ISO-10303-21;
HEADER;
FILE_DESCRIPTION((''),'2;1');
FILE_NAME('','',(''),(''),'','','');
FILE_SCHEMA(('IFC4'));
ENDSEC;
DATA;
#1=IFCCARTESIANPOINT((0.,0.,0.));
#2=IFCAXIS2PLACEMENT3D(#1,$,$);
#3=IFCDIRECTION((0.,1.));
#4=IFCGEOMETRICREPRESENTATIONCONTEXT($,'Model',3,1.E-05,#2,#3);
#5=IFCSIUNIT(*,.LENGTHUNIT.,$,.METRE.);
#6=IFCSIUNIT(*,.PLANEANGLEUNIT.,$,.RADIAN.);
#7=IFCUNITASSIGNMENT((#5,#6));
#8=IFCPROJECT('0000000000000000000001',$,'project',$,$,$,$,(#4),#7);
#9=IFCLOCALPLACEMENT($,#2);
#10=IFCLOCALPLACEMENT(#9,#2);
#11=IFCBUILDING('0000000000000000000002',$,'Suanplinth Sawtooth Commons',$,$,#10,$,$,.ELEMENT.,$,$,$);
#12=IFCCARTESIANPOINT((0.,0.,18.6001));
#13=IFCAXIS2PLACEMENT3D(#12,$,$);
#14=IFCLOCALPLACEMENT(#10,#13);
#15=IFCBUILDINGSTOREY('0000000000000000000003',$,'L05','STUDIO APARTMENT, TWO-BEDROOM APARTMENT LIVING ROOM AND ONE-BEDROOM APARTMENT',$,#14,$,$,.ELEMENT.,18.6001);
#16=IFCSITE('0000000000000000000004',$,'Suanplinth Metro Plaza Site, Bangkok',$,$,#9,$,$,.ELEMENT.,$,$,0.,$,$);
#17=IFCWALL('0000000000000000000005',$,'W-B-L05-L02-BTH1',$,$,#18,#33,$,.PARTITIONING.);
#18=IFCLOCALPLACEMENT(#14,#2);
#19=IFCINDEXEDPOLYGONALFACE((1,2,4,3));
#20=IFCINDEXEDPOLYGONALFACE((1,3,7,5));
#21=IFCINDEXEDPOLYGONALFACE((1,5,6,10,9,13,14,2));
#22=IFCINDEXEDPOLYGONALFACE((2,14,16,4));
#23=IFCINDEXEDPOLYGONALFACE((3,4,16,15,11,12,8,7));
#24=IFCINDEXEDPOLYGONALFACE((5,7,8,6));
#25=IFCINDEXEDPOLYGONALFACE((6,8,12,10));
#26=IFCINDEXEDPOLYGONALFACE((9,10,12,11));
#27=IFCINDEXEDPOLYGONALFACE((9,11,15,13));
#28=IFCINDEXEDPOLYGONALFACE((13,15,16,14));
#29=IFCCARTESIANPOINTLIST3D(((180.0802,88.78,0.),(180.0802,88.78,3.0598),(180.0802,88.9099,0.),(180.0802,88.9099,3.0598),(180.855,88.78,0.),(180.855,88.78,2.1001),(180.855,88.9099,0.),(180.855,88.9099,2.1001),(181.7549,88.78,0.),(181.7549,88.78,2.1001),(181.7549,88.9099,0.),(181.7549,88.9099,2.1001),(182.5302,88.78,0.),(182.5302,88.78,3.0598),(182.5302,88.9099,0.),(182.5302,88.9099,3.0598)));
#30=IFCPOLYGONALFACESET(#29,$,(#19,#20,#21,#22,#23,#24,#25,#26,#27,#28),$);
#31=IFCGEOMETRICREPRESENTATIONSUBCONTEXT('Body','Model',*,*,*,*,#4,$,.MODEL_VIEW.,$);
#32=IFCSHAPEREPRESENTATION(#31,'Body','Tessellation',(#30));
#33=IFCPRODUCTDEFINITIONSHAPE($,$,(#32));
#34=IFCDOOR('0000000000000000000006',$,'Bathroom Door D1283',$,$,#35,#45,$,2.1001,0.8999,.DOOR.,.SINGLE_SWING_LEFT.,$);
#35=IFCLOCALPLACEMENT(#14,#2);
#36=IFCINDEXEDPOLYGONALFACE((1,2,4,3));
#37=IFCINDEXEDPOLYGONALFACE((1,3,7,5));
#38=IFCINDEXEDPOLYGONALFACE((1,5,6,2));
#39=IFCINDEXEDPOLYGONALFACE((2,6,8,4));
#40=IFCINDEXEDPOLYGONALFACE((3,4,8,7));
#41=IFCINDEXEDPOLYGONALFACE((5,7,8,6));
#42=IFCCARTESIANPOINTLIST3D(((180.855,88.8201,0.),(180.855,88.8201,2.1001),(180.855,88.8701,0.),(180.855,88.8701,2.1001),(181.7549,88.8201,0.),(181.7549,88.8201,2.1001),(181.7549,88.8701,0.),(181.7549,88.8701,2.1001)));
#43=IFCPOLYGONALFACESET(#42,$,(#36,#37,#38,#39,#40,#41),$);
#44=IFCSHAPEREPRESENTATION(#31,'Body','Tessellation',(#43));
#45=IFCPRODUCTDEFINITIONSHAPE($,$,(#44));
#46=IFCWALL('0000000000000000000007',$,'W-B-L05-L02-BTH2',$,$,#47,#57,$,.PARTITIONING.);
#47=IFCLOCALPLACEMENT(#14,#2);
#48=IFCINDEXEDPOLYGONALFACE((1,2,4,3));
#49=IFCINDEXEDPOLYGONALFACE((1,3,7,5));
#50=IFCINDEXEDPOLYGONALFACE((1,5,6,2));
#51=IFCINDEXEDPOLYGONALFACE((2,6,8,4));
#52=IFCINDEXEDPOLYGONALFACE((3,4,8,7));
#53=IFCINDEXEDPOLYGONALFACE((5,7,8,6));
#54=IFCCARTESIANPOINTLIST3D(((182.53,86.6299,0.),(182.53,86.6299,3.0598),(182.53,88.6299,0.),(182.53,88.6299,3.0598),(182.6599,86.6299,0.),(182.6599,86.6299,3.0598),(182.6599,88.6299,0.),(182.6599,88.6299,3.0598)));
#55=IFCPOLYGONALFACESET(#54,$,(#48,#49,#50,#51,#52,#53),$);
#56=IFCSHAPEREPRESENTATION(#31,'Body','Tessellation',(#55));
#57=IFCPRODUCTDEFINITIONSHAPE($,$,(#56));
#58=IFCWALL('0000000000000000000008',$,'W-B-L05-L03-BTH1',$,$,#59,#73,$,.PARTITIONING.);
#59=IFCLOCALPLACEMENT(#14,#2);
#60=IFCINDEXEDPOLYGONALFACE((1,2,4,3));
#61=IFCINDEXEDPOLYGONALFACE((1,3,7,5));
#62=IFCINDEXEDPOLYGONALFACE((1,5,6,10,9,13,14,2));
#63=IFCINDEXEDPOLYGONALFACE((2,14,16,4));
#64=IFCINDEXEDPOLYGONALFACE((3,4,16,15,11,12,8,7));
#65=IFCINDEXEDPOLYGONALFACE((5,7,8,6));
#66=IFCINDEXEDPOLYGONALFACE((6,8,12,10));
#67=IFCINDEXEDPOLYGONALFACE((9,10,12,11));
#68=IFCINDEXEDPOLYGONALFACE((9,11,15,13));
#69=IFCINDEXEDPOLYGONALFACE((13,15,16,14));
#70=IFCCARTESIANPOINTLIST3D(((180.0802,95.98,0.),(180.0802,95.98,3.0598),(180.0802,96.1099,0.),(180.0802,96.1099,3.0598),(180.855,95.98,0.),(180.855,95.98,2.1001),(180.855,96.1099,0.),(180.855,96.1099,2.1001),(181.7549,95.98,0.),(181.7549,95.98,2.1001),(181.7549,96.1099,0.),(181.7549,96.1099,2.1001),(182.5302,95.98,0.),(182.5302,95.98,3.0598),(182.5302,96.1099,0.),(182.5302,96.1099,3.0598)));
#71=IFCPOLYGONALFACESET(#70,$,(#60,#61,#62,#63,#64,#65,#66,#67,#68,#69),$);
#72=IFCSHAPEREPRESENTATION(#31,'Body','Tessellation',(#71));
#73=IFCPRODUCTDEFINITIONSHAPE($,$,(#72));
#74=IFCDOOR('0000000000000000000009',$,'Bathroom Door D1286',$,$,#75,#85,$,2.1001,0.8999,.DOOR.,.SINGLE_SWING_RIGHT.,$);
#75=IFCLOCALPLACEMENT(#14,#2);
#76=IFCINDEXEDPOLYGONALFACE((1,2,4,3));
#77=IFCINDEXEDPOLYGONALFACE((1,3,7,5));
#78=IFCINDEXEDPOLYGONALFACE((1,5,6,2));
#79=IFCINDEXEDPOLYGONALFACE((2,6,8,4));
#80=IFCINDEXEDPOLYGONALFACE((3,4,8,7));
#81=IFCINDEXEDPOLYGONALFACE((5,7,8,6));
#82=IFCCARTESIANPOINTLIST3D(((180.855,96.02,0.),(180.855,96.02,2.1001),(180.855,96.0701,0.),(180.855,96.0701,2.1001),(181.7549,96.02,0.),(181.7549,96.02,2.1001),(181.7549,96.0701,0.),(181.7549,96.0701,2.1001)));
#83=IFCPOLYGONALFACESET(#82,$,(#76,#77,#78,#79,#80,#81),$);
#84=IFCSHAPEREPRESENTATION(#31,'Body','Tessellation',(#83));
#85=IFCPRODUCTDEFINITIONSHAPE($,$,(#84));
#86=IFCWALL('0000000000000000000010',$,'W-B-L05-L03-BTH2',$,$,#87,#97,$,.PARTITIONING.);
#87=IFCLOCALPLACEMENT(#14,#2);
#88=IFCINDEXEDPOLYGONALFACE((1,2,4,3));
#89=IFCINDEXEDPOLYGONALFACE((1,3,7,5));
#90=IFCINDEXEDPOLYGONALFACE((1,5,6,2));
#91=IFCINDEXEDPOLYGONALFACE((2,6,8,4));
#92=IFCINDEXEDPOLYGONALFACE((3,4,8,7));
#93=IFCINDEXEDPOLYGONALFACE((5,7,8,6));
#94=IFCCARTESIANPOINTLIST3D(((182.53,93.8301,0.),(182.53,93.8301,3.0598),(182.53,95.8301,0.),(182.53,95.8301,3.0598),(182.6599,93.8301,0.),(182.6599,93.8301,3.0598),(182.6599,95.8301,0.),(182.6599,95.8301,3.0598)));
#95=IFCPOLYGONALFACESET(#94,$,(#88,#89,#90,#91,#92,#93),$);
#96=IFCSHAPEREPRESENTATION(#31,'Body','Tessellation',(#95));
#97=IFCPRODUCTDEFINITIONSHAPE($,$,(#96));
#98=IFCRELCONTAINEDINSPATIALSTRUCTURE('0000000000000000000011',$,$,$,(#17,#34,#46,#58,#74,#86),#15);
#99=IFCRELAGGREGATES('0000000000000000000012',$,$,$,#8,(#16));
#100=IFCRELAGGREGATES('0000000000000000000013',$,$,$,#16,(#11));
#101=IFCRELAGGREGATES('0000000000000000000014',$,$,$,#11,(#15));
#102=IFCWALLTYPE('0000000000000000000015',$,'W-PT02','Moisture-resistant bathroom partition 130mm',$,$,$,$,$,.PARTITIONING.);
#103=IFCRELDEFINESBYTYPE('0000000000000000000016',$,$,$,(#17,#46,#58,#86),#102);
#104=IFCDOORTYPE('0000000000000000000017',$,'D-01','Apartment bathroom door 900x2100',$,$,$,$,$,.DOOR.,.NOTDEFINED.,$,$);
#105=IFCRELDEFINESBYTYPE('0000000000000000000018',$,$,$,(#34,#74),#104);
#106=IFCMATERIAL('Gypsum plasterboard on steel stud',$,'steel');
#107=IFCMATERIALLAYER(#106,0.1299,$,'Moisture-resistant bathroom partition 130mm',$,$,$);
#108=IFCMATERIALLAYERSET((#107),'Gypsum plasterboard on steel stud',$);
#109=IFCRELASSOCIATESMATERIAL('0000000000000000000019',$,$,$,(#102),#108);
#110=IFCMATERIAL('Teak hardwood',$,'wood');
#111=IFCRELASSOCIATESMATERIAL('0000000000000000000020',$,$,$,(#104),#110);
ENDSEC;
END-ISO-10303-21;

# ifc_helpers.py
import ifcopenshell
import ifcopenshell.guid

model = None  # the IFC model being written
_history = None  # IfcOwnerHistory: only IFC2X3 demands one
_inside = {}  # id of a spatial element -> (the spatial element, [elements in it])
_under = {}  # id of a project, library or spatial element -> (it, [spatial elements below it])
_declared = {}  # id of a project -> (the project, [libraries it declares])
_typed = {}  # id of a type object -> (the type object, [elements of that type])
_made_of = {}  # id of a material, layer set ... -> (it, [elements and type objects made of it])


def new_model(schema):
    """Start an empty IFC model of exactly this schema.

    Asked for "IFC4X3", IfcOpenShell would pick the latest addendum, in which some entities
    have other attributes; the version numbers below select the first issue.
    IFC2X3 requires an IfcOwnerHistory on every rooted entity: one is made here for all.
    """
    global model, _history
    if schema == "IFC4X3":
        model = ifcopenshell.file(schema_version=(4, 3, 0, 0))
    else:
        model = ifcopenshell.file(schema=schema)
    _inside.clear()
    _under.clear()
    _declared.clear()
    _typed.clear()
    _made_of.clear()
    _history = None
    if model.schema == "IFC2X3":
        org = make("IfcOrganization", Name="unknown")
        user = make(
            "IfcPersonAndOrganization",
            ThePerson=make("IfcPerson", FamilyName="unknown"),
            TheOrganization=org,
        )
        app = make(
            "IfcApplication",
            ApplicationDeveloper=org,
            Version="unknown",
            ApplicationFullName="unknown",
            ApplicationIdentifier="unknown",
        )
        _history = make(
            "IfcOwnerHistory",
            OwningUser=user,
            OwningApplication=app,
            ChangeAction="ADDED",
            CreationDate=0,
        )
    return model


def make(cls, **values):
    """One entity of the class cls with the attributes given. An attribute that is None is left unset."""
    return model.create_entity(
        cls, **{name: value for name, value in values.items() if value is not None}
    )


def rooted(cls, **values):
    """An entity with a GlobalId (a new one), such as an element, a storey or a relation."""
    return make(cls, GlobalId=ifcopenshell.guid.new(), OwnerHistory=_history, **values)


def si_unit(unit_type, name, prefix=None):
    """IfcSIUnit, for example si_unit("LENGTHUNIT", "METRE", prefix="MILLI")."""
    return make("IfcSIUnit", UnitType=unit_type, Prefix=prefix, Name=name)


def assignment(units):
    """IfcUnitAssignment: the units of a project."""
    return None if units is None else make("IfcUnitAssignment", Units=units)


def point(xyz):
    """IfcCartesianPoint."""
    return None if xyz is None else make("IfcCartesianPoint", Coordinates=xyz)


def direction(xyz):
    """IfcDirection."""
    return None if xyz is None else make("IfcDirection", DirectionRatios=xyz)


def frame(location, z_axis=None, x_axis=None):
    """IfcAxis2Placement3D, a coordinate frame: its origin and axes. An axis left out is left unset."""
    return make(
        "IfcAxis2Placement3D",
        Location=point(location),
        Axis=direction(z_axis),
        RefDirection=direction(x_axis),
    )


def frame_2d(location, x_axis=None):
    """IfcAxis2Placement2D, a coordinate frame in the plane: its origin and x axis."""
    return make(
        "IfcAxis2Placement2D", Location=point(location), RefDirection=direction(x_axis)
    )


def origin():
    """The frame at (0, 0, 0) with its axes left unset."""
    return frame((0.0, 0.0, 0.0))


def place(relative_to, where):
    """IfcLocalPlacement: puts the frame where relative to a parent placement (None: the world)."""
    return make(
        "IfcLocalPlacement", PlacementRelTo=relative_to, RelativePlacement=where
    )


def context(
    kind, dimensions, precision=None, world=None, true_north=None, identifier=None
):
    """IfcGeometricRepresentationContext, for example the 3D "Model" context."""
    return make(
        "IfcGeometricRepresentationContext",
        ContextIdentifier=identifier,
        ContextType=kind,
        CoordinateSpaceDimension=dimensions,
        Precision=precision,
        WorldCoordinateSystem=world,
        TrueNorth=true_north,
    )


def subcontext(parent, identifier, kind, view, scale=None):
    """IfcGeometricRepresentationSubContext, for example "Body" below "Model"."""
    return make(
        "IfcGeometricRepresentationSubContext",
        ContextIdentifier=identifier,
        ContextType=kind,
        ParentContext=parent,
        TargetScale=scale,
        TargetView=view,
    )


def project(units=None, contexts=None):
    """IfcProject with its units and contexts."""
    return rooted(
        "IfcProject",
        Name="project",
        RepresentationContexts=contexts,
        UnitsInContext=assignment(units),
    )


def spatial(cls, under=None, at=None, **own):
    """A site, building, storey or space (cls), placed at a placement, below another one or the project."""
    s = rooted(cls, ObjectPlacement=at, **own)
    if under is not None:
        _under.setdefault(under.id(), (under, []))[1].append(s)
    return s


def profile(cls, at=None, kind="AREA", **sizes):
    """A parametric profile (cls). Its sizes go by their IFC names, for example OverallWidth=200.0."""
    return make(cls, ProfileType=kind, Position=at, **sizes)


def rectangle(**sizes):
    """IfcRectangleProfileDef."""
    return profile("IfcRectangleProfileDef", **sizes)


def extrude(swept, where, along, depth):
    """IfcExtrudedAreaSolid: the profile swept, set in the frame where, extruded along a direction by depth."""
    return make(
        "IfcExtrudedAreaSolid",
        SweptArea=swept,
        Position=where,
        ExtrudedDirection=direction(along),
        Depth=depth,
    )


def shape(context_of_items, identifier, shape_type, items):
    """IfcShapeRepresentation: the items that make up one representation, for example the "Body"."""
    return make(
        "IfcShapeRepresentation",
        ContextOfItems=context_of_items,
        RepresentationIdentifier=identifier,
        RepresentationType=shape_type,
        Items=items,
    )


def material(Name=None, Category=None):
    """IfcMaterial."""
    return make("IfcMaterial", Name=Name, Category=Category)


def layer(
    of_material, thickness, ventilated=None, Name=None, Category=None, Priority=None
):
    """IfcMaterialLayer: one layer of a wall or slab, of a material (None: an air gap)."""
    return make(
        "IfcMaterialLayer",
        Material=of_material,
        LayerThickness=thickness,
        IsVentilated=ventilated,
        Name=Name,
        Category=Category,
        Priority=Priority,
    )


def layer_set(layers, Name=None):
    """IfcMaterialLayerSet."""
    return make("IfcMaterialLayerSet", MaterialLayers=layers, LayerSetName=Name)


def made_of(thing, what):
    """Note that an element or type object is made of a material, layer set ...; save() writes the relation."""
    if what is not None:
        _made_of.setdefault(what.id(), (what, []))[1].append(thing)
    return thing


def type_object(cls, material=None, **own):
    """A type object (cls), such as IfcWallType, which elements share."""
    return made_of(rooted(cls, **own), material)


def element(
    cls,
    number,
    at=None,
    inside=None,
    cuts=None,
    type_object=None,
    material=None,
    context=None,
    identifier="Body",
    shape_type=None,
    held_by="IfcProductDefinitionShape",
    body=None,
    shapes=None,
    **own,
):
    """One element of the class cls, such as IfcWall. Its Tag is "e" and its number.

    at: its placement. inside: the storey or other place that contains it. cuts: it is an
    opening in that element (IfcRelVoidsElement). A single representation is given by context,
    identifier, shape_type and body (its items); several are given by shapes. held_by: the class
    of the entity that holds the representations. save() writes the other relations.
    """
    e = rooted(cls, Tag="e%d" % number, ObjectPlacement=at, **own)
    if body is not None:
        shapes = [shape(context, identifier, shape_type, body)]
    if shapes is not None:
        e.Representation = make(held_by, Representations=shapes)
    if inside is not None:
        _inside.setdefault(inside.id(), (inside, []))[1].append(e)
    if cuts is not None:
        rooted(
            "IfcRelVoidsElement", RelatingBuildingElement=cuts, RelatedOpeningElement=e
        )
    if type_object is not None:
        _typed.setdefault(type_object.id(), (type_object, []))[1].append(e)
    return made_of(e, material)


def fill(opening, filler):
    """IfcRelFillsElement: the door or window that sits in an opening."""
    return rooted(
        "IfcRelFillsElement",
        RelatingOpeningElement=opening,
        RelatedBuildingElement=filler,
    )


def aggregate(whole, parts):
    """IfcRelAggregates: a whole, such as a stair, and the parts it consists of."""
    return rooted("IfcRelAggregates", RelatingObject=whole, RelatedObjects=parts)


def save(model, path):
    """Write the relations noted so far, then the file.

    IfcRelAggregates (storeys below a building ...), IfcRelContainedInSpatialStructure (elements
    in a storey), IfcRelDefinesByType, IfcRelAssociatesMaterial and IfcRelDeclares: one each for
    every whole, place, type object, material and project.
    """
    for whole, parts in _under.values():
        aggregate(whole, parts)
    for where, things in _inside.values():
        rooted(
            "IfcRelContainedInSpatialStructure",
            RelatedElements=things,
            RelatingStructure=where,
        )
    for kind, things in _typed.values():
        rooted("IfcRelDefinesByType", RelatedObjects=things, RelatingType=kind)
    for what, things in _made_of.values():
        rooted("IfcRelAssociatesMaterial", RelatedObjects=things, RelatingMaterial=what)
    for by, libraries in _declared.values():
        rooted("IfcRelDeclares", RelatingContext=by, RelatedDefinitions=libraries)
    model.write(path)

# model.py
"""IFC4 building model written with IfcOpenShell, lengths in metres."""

from ifc_helpers import new_model, si_unit, direction, frame, frame_2d, origin, place, context, subcontext, project, spatial, rectangle, extrude, material, layer, layer_set, type_object, element, fill, save


model = new_model("IFC4")

# Units and contexts
model_context = context("Model", 3, precision=1e-05, world=origin(), true_north=direction((0.0, 1.0)))
body_context = subcontext(model_context, "Body", "Model", "MODEL_VIEW")
ifc_project = project(units=[si_unit("LENGTHUNIT", "METRE"), si_unit("PLANEANGLEUNIT", "RADIAN")], contexts=[model_context])

# Site, building, storey
site_placement = place(None, origin())
site = spatial("IfcSite", under=ifc_project, at=site_placement, Name="Suanplinth Metro Plaza Site, Bangkok", CompositionType="ELEMENT", RefElevation=0.0)
building_placement = place(site_placement, origin())
building = spatial("IfcBuilding", under=site, at=building_placement, Name="Suanplinth Sawtooth Commons", CompositionType="ELEMENT")
storey_placement = place(building_placement, frame((0.0, 0.0, 18.6001)))
storey = spatial("IfcBuildingStorey", under=building, at=storey_placement, Name="L05", Description="STUDIO APARTMENT, TWO-BEDROOM APARTMENT LIVING ROOM AND ONE-BEDROOM APARTMENT", CompositionType="ELEMENT", Elevation=18.6001)

# Wall, opening, door
ifc_material_1 = material(Name="Gypsum plasterboard on steel stud", Category="steel")
ifc_layer_1 = layer(ifc_material_1, 0.1299, Name="Moisture-resistant bathroom partition 130mm")
ifc_layer_set_1 = layer_set([ifc_layer_1], Name="Gypsum plasterboard on steel stud")
wall_type_1 = type_object("IfcWallType", Name="W-PT02", Description="Moisture-resistant bathroom partition 130mm", PredefinedType="PARTITIONING", material=ifc_layer_set_1)
wall_1_placement = place(storey_placement, frame((180.0801, 88.845, 0.0), z_axis=(0.0, 0.0, 1.0), x_axis=(1.0, 0.0, 0.0)))
wall_1 = element("IfcWall", 1, at=wall_1_placement, inside=storey, type_object=wall_type_1, Name="W-B-L05-L02-BTH1", PredefinedType="PARTITIONING", context=body_context, shape_type="SweptSolid", body=[
    extrude(rectangle(XDim=2.45, YDim=0.1299, at=frame_2d((1.2251, 0.0))), origin(), (0.0, 0.0, 1.0), 3.0598),
])
opening_1_placement = place(wall_1_placement, frame((0.7749, 0.0, 0.0)))
opening_1 = element("IfcOpeningElement", 2, at=opening_1_placement, cuts=wall_1, PredefinedType="OPENING", context=body_context, shape_type="SweptSolid", body=[
    extrude(rectangle(XDim=0.8999, YDim=2.1001, at=frame_2d((0.45, 1.05))), frame((0.0, 0.0798, 0.0), z_axis=(0.0, -1.0, 0.0), x_axis=(1.0, 0.0, 0.0)), (0.0, 0.0, 1.0), 0.1597),
])
ifc_material_2 = material(Name="Teak hardwood", Category="wood")
door_type_1 = type_object("IfcDoorType", Name="D-01", Description="Apartment bathroom door 900x2100", OperationType="NOTDEFINED", PredefinedType="DOOR", material=ifc_material_2)
door_1_placement = place(opening_1_placement, frame((0.8999, 0.0, 0.0), z_axis=(0.0, 0.0, 1.0), x_axis=(-1.0, 0.0, 0.0)))
door_1 = element("IfcDoor", 3, at=door_1_placement, inside=storey, type_object=door_type_1, Name="Bathroom Door D1283", OperationType="SINGLE_SWING_LEFT", OverallHeight=2.1001, OverallWidth=0.8999, PredefinedType="DOOR", context=body_context, shape_type="SweptSolid", body=[
    extrude(rectangle(XDim=0.8999, YDim=2.1001, at=frame_2d((0.45, 1.05))), frame((0.0, 0.0249, 0.0), z_axis=(0.0, -1.0, 0.0), x_axis=(1.0, 0.0, 0.0)), (0.0, 0.0, 1.0), 0.05),
])
fill(opening_1, door_1)

# Wall
wall_2_placement = place(storey_placement, frame((182.595, 86.6299, 0.0), z_axis=(0.0, 0.0, 1.0), x_axis=(0.0, 1.0, 0.0)))
element("IfcWall", 4, at=wall_2_placement, inside=storey, type_object=wall_type_1, Name="W-B-L05-L02-BTH2", PredefinedType="PARTITIONING", context=body_context, shape_type="SweptSolid", body=[
    extrude(rectangle(XDim=2.0, YDim=0.1299, at=frame_2d((1.0, 0.0))), origin(), (0.0, 0.0, 1.0), 3.0598),
])

# Wall, opening, door
wall_3_placement = place(storey_placement, frame((180.0801, 96.0449, 0.0), z_axis=(0.0, 0.0, 1.0), x_axis=(1.0, 0.0, 0.0)))
wall_3 = element("IfcWall", 5, at=wall_3_placement, inside=storey, type_object=wall_type_1, Name="W-B-L05-L03-BTH1", PredefinedType="PARTITIONING", context=body_context, shape_type="SweptSolid", body=[
    extrude(rectangle(XDim=2.45, YDim=0.1299, at=frame_2d((1.2251, 0.0))), origin(), (0.0, 0.0, 1.0), 3.0598),
])
opening_2_placement = place(wall_3_placement, frame((0.7749, 0.0, 0.0)))
opening_2 = element("IfcOpeningElement", 6, at=opening_2_placement, cuts=wall_3, PredefinedType="OPENING", context=body_context, shape_type="SweptSolid", body=[
    extrude(rectangle(XDim=0.8999, YDim=2.1001, at=frame_2d((0.45, 1.05))), frame((0.0, 0.0798, 0.0), z_axis=(0.0, -1.0, 0.0), x_axis=(1.0, 0.0, 0.0)), (0.0, 0.0, 1.0), 0.1597),
])
door_2_placement = place(opening_2_placement, frame((0.8999, 0.0, 0.0), z_axis=(0.0, 0.0, 1.0), x_axis=(-1.0, 0.0, 0.0)))
door_2 = element("IfcDoor", 7, at=door_2_placement, inside=storey, type_object=door_type_1, Name="Bathroom Door D1286", OperationType="SINGLE_SWING_RIGHT", OverallHeight=2.1001, OverallWidth=0.8999, PredefinedType="DOOR", context=body_context, shape_type="SweptSolid", body=[
    extrude(rectangle(XDim=0.8999, YDim=2.1001, at=frame_2d((0.45, 1.05))), frame((0.0, 0.0249, 0.0), z_axis=(0.0, -1.0, 0.0), x_axis=(1.0, 0.0, 0.0)), (0.0, 0.0, 1.0), 0.05),
])
fill(opening_2, door_2)

# Wall
wall_4_placement = place(storey_placement, frame((182.595, 93.8301, 0.0), z_axis=(0.0, 0.0, 1.0), x_axis=(0.0, 1.0, 0.0)))
element("IfcWall", 8, at=wall_4_placement, inside=storey, type_object=wall_type_1, Name="W-B-L05-L03-BTH2", PredefinedType="PARTITIONING", context=body_context, shape_type="SweptSolid", body=[
    extrude(rectangle(XDim=2.0, YDim=0.1299, at=frame_2d((1.0, 0.0))), origin(), (0.0, 0.0, 1.0), 3.0598),
])

save(model, "model.ifc")
